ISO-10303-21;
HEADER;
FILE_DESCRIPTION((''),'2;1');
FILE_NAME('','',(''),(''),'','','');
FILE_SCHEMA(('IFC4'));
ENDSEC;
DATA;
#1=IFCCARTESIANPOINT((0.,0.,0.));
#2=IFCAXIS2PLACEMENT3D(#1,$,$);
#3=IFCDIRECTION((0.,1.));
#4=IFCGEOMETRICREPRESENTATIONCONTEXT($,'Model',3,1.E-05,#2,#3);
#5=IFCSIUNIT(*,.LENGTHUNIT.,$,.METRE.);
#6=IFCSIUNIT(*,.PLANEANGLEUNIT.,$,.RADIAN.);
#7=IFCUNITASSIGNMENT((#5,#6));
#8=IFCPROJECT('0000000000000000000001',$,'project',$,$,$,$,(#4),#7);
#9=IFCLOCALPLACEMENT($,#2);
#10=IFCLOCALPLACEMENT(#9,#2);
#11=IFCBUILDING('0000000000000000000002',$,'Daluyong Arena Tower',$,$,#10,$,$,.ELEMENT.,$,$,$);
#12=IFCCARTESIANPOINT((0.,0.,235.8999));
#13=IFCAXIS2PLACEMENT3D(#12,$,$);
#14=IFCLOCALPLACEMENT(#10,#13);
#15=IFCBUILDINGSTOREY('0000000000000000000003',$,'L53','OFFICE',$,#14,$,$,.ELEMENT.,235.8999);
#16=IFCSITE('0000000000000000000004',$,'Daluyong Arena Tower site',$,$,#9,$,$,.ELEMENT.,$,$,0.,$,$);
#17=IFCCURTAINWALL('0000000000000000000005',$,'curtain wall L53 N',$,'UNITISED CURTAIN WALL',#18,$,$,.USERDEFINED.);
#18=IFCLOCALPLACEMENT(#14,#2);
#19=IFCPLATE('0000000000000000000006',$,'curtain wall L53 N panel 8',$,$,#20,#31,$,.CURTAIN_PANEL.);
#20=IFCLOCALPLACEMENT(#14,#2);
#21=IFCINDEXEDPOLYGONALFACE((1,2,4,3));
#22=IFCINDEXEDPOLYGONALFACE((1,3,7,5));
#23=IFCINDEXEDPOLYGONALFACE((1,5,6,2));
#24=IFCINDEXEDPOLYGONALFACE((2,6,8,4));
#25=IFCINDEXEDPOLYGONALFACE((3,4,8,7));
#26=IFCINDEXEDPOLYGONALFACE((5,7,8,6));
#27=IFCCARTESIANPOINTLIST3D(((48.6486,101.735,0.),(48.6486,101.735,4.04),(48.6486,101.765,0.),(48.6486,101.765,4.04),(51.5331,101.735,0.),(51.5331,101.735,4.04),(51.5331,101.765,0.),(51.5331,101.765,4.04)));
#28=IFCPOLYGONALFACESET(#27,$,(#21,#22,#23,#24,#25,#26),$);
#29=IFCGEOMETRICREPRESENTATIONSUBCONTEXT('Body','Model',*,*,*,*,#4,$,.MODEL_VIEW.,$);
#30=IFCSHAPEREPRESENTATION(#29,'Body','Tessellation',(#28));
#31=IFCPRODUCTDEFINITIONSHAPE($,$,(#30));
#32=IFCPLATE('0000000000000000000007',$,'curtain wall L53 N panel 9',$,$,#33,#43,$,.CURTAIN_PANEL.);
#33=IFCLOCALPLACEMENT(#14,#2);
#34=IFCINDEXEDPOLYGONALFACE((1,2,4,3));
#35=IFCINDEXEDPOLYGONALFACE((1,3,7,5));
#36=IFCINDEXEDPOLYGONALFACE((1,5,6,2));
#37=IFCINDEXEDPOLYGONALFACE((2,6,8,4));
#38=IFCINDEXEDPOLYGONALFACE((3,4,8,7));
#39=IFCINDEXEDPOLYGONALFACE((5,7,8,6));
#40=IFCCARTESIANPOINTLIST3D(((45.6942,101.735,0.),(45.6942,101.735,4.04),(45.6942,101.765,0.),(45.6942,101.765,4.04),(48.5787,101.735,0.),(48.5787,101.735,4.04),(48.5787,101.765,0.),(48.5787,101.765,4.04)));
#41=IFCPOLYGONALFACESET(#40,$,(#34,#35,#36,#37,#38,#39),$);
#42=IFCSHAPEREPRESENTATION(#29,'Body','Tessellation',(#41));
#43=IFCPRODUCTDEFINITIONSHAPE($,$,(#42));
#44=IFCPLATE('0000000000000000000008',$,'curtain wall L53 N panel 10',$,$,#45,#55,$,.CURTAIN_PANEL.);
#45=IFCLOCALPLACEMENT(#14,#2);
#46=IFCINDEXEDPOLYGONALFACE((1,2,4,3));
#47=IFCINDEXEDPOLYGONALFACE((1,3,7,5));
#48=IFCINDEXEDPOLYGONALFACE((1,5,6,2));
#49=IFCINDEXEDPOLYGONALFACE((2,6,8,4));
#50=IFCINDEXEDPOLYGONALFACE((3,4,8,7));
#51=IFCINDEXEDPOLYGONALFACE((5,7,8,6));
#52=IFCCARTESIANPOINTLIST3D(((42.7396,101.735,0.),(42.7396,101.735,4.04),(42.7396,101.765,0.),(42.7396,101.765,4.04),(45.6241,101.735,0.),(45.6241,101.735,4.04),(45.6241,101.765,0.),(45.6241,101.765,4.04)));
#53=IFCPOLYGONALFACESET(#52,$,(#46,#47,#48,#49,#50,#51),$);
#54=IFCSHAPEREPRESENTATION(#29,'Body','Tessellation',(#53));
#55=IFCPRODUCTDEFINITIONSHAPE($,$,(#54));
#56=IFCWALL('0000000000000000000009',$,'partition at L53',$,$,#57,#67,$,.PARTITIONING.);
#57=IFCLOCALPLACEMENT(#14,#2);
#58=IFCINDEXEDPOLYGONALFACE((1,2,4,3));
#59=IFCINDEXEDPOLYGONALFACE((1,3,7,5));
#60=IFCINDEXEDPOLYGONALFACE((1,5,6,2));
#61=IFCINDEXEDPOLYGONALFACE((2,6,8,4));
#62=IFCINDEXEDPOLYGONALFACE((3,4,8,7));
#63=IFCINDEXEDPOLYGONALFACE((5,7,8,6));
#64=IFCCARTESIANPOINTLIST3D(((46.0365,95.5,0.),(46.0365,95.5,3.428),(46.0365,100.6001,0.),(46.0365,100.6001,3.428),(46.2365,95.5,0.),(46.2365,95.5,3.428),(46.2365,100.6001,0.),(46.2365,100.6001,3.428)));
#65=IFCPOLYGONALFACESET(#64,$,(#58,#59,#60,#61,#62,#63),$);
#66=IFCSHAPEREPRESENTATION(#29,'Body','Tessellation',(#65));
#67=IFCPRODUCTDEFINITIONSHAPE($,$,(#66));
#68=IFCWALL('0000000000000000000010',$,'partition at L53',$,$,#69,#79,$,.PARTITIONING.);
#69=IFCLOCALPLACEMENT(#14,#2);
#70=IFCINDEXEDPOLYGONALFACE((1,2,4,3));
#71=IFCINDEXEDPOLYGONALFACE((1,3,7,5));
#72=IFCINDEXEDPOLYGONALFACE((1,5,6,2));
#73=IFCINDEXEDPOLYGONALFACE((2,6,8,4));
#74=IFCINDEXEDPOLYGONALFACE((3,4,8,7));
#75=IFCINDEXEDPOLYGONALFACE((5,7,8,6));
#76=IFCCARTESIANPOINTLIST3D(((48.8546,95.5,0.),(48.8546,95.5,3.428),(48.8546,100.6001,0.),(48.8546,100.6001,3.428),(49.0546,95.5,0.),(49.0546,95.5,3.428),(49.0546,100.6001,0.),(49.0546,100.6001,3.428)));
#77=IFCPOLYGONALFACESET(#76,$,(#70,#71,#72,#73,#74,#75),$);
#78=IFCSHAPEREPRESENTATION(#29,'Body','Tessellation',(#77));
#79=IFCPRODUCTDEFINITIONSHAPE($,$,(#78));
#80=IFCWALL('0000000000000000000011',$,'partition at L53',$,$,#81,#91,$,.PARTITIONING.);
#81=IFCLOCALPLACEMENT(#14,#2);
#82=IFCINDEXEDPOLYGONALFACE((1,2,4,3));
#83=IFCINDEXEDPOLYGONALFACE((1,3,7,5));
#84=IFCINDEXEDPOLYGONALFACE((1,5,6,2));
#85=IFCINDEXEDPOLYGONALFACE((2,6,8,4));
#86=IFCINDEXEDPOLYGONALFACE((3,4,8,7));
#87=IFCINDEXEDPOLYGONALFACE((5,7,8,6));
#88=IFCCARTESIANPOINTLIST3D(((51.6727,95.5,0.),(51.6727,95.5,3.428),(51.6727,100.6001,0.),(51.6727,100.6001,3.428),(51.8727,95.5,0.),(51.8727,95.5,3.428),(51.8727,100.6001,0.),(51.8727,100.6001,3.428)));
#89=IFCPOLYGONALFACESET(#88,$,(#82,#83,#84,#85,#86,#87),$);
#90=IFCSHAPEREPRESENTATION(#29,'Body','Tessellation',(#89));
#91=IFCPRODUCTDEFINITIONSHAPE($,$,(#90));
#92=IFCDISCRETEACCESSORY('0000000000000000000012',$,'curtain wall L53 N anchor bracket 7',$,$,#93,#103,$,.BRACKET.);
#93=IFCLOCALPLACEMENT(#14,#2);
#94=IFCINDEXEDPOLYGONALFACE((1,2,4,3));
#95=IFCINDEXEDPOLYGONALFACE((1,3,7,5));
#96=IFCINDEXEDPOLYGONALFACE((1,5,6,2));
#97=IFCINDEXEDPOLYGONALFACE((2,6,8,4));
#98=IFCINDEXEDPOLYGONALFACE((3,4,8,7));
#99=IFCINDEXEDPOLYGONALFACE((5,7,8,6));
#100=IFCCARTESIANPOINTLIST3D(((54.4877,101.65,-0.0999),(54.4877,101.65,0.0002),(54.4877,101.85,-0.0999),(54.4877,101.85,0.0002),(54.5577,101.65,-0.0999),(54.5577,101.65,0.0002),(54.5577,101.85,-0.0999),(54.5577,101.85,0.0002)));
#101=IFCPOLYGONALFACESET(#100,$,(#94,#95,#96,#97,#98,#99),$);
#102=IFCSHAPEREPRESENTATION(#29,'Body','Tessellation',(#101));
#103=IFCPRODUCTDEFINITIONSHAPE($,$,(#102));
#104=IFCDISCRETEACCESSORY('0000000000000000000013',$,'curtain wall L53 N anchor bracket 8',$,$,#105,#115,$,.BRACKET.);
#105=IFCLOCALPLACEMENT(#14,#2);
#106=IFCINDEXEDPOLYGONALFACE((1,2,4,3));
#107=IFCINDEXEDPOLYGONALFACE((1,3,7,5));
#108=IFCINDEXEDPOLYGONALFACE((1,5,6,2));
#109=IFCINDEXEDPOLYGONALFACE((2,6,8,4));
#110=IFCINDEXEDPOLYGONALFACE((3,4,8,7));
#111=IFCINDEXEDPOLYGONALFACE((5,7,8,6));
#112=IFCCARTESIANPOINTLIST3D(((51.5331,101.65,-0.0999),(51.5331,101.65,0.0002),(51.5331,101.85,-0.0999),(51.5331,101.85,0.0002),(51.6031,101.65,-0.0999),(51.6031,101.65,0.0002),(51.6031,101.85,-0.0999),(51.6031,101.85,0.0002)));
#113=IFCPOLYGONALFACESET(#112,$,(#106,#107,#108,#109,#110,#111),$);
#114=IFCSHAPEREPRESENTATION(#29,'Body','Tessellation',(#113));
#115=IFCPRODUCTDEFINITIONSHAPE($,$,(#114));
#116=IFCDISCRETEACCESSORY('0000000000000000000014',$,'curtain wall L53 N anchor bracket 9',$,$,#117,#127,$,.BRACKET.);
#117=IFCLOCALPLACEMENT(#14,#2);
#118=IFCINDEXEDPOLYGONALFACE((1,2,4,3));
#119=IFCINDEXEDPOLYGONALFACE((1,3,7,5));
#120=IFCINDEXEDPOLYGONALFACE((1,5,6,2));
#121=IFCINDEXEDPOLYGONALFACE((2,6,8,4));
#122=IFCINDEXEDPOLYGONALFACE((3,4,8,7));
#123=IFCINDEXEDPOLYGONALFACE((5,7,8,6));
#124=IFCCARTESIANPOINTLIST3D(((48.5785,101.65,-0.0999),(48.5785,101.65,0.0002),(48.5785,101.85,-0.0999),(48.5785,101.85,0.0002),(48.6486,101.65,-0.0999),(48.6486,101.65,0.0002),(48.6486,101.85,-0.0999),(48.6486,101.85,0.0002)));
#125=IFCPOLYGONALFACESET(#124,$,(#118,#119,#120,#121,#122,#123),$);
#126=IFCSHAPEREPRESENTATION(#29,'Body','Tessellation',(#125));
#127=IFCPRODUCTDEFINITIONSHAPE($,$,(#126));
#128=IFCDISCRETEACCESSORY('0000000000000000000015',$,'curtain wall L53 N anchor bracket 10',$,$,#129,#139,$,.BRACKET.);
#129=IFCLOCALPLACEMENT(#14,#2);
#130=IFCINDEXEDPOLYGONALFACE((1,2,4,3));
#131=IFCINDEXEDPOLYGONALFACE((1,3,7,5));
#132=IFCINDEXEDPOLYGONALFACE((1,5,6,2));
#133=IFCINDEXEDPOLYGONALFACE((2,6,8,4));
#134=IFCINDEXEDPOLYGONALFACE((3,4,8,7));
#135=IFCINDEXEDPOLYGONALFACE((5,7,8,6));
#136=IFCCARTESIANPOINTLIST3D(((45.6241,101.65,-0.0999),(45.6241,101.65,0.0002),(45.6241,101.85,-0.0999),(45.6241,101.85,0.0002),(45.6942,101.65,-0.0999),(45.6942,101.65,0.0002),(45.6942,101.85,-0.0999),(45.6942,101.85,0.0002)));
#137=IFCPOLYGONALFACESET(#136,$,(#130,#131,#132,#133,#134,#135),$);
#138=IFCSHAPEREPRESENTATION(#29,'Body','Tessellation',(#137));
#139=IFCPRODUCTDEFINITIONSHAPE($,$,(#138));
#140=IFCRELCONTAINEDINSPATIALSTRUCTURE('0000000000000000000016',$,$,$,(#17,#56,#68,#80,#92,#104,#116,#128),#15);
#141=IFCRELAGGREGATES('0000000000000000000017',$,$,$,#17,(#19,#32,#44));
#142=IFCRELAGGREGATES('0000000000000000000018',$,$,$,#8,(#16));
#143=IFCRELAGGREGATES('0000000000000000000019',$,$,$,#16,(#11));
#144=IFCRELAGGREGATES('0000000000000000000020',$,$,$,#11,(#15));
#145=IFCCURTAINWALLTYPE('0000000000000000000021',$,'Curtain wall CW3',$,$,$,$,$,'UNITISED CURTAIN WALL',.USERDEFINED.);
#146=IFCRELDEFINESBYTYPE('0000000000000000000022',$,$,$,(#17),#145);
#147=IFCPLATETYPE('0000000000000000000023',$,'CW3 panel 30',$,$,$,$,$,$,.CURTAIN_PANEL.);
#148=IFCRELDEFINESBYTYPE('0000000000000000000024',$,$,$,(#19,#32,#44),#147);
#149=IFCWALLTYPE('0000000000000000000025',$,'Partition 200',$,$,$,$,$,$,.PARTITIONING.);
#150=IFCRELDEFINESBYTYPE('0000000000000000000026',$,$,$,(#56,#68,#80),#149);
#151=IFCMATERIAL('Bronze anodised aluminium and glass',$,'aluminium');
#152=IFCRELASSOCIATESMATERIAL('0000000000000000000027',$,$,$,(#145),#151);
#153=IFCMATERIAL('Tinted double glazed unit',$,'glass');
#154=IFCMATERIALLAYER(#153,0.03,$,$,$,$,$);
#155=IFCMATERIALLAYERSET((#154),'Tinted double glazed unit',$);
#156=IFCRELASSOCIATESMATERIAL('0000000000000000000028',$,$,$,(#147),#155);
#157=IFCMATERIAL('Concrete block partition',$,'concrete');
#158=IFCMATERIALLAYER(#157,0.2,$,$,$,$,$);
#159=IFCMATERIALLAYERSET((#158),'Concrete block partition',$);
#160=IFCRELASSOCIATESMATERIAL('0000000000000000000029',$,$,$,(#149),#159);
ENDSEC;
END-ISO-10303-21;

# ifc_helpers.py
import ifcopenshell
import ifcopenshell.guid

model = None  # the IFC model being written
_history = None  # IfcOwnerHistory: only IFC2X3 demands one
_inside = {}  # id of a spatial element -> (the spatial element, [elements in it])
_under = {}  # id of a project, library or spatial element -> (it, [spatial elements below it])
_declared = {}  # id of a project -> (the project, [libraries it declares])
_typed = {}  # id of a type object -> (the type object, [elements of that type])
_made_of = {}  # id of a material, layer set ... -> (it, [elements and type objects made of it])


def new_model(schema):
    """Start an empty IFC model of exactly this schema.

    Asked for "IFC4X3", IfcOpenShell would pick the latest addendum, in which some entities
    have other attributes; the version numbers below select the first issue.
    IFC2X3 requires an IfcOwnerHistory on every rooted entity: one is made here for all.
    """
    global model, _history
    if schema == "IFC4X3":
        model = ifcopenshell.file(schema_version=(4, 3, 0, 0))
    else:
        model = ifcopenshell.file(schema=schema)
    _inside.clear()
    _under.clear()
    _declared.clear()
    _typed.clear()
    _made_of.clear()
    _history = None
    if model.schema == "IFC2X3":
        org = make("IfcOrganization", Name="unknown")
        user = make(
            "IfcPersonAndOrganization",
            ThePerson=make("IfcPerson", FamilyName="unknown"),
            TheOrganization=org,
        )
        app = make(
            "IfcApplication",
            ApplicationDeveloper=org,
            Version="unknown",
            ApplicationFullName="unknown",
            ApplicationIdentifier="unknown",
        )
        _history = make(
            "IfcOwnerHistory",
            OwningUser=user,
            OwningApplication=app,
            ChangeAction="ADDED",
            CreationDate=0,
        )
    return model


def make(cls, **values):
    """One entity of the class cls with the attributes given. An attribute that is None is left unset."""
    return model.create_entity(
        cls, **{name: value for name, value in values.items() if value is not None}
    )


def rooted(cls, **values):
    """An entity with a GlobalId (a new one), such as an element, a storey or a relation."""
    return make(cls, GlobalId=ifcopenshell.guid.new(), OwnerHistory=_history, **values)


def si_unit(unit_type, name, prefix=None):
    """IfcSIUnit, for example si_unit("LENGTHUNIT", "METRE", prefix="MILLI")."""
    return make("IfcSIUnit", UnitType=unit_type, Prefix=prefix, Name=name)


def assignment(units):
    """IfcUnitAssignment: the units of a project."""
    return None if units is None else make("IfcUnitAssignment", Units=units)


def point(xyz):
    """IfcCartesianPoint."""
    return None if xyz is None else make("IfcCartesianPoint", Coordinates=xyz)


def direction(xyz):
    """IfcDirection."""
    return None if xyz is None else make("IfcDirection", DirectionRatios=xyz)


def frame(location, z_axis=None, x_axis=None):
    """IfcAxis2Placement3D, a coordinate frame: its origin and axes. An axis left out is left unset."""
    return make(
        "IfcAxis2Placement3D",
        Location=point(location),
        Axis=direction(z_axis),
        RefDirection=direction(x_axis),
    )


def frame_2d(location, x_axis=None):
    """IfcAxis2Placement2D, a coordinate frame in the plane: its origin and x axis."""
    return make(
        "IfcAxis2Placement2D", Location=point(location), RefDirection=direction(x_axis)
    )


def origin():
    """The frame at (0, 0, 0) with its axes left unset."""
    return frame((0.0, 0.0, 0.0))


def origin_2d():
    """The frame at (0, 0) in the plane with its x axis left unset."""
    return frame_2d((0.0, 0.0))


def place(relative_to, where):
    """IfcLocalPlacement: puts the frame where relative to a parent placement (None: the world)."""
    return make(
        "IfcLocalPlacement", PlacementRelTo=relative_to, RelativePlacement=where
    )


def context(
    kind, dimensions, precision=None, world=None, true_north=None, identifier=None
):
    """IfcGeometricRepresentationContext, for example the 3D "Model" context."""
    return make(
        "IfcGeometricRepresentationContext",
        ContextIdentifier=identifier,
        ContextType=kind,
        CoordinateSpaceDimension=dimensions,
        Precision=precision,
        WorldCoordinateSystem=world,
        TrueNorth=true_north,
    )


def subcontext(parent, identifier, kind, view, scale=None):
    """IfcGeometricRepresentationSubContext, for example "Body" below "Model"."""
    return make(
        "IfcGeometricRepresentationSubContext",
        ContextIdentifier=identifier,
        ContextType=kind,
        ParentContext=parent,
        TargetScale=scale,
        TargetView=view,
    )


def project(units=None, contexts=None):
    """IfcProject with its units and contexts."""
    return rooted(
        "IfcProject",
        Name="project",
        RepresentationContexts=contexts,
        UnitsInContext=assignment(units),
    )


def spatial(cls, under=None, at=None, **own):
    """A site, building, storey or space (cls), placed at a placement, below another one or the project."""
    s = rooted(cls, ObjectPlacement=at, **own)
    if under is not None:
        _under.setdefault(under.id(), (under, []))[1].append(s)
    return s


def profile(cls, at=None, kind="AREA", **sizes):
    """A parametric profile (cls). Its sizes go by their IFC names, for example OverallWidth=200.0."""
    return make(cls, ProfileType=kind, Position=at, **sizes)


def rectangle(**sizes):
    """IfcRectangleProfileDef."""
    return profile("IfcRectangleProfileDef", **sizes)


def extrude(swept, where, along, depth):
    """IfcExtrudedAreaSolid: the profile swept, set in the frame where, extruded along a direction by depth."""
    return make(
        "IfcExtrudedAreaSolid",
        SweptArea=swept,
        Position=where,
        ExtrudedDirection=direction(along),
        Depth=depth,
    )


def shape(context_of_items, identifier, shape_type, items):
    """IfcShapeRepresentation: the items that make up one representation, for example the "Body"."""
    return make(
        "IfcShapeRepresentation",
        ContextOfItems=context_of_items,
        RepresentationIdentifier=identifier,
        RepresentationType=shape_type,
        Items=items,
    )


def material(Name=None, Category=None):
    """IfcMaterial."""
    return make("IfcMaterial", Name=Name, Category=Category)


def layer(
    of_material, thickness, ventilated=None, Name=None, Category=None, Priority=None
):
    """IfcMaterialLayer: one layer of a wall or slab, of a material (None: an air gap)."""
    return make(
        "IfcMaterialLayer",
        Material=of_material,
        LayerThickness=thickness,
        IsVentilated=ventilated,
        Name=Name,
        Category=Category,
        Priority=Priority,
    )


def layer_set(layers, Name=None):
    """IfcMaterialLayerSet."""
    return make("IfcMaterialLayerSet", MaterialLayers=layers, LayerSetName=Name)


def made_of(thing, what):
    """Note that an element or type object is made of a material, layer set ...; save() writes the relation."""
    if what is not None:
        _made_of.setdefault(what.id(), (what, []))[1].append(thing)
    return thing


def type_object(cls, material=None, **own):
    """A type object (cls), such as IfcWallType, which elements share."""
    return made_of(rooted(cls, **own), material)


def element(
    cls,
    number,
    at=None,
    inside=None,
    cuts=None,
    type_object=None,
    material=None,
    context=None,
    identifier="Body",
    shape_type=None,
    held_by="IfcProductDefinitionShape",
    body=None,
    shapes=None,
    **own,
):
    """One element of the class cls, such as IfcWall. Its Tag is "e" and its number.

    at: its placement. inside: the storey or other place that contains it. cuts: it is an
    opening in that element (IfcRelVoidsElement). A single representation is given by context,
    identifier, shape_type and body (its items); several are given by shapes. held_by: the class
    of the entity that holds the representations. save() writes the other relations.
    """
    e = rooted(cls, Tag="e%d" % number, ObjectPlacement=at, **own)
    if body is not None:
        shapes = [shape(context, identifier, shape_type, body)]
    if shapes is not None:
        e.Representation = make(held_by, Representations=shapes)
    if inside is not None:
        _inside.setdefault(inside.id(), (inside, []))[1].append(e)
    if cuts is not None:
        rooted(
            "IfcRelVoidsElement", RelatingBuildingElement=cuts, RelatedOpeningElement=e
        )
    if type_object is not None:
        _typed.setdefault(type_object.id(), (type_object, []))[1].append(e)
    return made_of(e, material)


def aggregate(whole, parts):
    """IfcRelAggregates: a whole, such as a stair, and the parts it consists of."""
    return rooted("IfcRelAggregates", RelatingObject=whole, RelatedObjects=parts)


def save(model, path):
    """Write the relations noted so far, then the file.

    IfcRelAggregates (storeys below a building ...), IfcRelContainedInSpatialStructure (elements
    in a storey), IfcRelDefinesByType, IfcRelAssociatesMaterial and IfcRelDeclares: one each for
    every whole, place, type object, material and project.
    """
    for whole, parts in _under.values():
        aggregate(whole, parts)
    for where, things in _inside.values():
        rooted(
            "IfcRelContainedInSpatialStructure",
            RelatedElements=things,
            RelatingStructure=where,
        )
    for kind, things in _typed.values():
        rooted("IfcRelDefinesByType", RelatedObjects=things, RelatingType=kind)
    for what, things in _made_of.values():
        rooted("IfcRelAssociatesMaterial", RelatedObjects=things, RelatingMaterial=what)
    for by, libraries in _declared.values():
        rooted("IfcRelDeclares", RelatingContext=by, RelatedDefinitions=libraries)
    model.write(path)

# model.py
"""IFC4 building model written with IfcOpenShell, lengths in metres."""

from ifc_helpers import new_model, si_unit, direction, frame, frame_2d, origin, origin_2d, place, context, subcontext, project, spatial, rectangle, extrude, material, layer, layer_set, type_object, element, aggregate, save


model = new_model("IFC4")

# Units and contexts
model_context = context("Model", 3, precision=1e-05, world=origin(), true_north=direction((0.0, 1.0)))
body_context = subcontext(model_context, "Body", "Model", "MODEL_VIEW")
ifc_project = project(units=[si_unit("LENGTHUNIT", "METRE"), si_unit("PLANEANGLEUNIT", "RADIAN")], contexts=[model_context])

# Site, building, storey
site_placement = place(None, origin())
site = spatial("IfcSite", under=ifc_project, at=site_placement, Name="Daluyong Arena Tower site", CompositionType="ELEMENT", RefElevation=0.0)
building_placement = place(site_placement, origin())
building = spatial("IfcBuilding", under=site, at=building_placement, Name="Daluyong Arena Tower", CompositionType="ELEMENT")
storey_placement = place(building_placement, frame((0.0, 0.0, 235.8999)))
storey = spatial("IfcBuildingStorey", under=building, at=storey_placement, Name="L53", Description="OFFICE", CompositionType="ELEMENT", Elevation=235.8999)

# Curtain wall
ifc_material_1 = material(Name="Bronze anodised aluminium and glass", Category="aluminium")
curtain_wall_type = type_object("IfcCurtainWallType", Name="Curtain wall CW3", ElementType="UNITISED CURTAIN WALL", PredefinedType="USERDEFINED", material=ifc_material_1)
curtain_wall_placement = place(storey_placement, origin())
curtain_wall = element("IfcCurtainWall", 1, at=curtain_wall_placement, inside=storey, type_object=curtain_wall_type, Name="curtain wall L53 N", ObjectType="UNITISED CURTAIN WALL", PredefinedType="USERDEFINED")

# Plates
ifc_material_2 = material(Name="Tinted double glazed unit", Category="glass")
ifc_layer_1 = layer(ifc_material_2, 0.03)
ifc_layer_set_1 = layer_set([ifc_layer_1], Name="Tinted double glazed unit")
plate_type = type_object("IfcPlateType", Name="CW3 panel 30", PredefinedType="CURTAIN_PANEL", material=ifc_layer_set_1)
plate_1_placement = place(storey_placement, frame((50.0908, 101.75, 0.0), z_axis=(0.0, 0.0, 1.0), x_axis=(-1.0, 0.0, 0.0)))
plate_1 = element("IfcPlate", 2, at=plate_1_placement, type_object=plate_type, Name="curtain wall L53 N panel 8", PredefinedType="CURTAIN_PANEL", context=body_context, shape_type="SweptSolid", body=[
    extrude(rectangle(XDim=2.8845, YDim=0.03, at=origin_2d()), origin(), (0.0, 0.0, 1.0), 4.04),
])
plate_2_placement = place(storey_placement, frame((47.1365, 101.75, 0.0), z_axis=(0.0, 0.0, 1.0), x_axis=(-1.0, 0.0, 0.0)))
plate_2 = element("IfcPlate", 3, at=plate_2_placement, type_object=plate_type, Name="curtain wall L53 N panel 9", PredefinedType="CURTAIN_PANEL", context=body_context, shape_type="SweptSolid", body=[
    extrude(rectangle(XDim=2.8845, YDim=0.03, at=origin_2d()), origin(), (0.0, 0.0, 1.0), 4.04),
])
plate_3_placement = place(storey_placement, frame((44.1819, 101.75, 0.0), z_axis=(0.0, 0.0, 1.0), x_axis=(-1.0, 0.0, 0.0)))
plate_3 = element("IfcPlate", 4, at=plate_3_placement, type_object=plate_type, Name="curtain wall L53 N panel 10", PredefinedType="CURTAIN_PANEL", context=body_context, shape_type="SweptSolid", body=[
    extrude(rectangle(XDim=2.8845, YDim=0.03, at=origin_2d()), origin(), (0.0, 0.0, 1.0), 4.04),
])
aggregate(curtain_wall, [plate_1, plate_2, plate_3])

# Walls
ifc_material_3 = material(Name="Concrete block partition", Category="concrete")
ifc_layer_2 = layer(ifc_material_3, 0.2)
ifc_layer_set_2 = layer_set([ifc_layer_2], Name="Concrete block partition")
wall_type_1 = type_object("IfcWallType", Name="Partition 200", PredefinedType="PARTITIONING", material=ifc_layer_set_2)
for number, where, z_axis, x_axis, name in (
    (5, (46.1365, 95.5, 0.0), (0.0, 0.0, 1.0), (0.0, 1.0, 0.0), "partition at L53"),
    (6, (48.9546, 95.5, 0.0), (0.0, 0.0, 1.0), (0.0, 1.0, 0.0), "partition at L53"),
    (7, (51.7727, 95.5, 0.0), (0.0, 0.0, 1.0), (0.0, 1.0, 0.0), "partition at L53"),
):
    element("IfcWall", number, at=place(storey_placement, frame(where, z_axis=z_axis, x_axis=x_axis)), inside=storey, type_object=wall_type_1, Name=name, PredefinedType="PARTITIONING", context=body_context, shape_type="SweptSolid", body=[
        extrude(rectangle(XDim=5.1001, YDim=0.2, at=frame_2d((2.55, 0.0))), origin(), (0.0, 0.0, 1.0), 3.428),
    ])

# Discrete accessories
for number, where, z_axis, x_axis, name in (
    (8, (54.5227, 101.75, -0.0999), (0.0, 0.0, 1.0), (-1.0, 0.0, 0.0), "curtain wall L53 N anchor bracket 7"),
    (9, (51.5681, 101.75, -0.0999), (0.0, 0.0, 1.0), (-1.0, 0.0, 0.0), "curtain wall L53 N anchor bracket 8"),
    (10, (48.6135, 101.75, -0.0999), (0.0, 0.0, 1.0), (-1.0, 0.0, 0.0), "curtain wall L53 N anchor bracket 9"),
    (11, (45.6592, 101.75, -0.0999), (0.0, 0.0, 1.0), (-1.0, 0.0, 0.0), "curtain wall L53 N anchor bracket 10"),
):
    element("IfcDiscreteAccessory", number, at=place(storey_placement, frame(where, z_axis=z_axis, x_axis=x_axis)), inside=storey, Name=name, PredefinedType="BRACKET", context=body_context, shape_type="SweptSolid", body=[
        extrude(rectangle(XDim=0.0701, YDim=0.2, at=origin_2d()), origin(), (0.0, 0.0, 1.0), 0.1001),
    ])

save(model, "model.ifc")
